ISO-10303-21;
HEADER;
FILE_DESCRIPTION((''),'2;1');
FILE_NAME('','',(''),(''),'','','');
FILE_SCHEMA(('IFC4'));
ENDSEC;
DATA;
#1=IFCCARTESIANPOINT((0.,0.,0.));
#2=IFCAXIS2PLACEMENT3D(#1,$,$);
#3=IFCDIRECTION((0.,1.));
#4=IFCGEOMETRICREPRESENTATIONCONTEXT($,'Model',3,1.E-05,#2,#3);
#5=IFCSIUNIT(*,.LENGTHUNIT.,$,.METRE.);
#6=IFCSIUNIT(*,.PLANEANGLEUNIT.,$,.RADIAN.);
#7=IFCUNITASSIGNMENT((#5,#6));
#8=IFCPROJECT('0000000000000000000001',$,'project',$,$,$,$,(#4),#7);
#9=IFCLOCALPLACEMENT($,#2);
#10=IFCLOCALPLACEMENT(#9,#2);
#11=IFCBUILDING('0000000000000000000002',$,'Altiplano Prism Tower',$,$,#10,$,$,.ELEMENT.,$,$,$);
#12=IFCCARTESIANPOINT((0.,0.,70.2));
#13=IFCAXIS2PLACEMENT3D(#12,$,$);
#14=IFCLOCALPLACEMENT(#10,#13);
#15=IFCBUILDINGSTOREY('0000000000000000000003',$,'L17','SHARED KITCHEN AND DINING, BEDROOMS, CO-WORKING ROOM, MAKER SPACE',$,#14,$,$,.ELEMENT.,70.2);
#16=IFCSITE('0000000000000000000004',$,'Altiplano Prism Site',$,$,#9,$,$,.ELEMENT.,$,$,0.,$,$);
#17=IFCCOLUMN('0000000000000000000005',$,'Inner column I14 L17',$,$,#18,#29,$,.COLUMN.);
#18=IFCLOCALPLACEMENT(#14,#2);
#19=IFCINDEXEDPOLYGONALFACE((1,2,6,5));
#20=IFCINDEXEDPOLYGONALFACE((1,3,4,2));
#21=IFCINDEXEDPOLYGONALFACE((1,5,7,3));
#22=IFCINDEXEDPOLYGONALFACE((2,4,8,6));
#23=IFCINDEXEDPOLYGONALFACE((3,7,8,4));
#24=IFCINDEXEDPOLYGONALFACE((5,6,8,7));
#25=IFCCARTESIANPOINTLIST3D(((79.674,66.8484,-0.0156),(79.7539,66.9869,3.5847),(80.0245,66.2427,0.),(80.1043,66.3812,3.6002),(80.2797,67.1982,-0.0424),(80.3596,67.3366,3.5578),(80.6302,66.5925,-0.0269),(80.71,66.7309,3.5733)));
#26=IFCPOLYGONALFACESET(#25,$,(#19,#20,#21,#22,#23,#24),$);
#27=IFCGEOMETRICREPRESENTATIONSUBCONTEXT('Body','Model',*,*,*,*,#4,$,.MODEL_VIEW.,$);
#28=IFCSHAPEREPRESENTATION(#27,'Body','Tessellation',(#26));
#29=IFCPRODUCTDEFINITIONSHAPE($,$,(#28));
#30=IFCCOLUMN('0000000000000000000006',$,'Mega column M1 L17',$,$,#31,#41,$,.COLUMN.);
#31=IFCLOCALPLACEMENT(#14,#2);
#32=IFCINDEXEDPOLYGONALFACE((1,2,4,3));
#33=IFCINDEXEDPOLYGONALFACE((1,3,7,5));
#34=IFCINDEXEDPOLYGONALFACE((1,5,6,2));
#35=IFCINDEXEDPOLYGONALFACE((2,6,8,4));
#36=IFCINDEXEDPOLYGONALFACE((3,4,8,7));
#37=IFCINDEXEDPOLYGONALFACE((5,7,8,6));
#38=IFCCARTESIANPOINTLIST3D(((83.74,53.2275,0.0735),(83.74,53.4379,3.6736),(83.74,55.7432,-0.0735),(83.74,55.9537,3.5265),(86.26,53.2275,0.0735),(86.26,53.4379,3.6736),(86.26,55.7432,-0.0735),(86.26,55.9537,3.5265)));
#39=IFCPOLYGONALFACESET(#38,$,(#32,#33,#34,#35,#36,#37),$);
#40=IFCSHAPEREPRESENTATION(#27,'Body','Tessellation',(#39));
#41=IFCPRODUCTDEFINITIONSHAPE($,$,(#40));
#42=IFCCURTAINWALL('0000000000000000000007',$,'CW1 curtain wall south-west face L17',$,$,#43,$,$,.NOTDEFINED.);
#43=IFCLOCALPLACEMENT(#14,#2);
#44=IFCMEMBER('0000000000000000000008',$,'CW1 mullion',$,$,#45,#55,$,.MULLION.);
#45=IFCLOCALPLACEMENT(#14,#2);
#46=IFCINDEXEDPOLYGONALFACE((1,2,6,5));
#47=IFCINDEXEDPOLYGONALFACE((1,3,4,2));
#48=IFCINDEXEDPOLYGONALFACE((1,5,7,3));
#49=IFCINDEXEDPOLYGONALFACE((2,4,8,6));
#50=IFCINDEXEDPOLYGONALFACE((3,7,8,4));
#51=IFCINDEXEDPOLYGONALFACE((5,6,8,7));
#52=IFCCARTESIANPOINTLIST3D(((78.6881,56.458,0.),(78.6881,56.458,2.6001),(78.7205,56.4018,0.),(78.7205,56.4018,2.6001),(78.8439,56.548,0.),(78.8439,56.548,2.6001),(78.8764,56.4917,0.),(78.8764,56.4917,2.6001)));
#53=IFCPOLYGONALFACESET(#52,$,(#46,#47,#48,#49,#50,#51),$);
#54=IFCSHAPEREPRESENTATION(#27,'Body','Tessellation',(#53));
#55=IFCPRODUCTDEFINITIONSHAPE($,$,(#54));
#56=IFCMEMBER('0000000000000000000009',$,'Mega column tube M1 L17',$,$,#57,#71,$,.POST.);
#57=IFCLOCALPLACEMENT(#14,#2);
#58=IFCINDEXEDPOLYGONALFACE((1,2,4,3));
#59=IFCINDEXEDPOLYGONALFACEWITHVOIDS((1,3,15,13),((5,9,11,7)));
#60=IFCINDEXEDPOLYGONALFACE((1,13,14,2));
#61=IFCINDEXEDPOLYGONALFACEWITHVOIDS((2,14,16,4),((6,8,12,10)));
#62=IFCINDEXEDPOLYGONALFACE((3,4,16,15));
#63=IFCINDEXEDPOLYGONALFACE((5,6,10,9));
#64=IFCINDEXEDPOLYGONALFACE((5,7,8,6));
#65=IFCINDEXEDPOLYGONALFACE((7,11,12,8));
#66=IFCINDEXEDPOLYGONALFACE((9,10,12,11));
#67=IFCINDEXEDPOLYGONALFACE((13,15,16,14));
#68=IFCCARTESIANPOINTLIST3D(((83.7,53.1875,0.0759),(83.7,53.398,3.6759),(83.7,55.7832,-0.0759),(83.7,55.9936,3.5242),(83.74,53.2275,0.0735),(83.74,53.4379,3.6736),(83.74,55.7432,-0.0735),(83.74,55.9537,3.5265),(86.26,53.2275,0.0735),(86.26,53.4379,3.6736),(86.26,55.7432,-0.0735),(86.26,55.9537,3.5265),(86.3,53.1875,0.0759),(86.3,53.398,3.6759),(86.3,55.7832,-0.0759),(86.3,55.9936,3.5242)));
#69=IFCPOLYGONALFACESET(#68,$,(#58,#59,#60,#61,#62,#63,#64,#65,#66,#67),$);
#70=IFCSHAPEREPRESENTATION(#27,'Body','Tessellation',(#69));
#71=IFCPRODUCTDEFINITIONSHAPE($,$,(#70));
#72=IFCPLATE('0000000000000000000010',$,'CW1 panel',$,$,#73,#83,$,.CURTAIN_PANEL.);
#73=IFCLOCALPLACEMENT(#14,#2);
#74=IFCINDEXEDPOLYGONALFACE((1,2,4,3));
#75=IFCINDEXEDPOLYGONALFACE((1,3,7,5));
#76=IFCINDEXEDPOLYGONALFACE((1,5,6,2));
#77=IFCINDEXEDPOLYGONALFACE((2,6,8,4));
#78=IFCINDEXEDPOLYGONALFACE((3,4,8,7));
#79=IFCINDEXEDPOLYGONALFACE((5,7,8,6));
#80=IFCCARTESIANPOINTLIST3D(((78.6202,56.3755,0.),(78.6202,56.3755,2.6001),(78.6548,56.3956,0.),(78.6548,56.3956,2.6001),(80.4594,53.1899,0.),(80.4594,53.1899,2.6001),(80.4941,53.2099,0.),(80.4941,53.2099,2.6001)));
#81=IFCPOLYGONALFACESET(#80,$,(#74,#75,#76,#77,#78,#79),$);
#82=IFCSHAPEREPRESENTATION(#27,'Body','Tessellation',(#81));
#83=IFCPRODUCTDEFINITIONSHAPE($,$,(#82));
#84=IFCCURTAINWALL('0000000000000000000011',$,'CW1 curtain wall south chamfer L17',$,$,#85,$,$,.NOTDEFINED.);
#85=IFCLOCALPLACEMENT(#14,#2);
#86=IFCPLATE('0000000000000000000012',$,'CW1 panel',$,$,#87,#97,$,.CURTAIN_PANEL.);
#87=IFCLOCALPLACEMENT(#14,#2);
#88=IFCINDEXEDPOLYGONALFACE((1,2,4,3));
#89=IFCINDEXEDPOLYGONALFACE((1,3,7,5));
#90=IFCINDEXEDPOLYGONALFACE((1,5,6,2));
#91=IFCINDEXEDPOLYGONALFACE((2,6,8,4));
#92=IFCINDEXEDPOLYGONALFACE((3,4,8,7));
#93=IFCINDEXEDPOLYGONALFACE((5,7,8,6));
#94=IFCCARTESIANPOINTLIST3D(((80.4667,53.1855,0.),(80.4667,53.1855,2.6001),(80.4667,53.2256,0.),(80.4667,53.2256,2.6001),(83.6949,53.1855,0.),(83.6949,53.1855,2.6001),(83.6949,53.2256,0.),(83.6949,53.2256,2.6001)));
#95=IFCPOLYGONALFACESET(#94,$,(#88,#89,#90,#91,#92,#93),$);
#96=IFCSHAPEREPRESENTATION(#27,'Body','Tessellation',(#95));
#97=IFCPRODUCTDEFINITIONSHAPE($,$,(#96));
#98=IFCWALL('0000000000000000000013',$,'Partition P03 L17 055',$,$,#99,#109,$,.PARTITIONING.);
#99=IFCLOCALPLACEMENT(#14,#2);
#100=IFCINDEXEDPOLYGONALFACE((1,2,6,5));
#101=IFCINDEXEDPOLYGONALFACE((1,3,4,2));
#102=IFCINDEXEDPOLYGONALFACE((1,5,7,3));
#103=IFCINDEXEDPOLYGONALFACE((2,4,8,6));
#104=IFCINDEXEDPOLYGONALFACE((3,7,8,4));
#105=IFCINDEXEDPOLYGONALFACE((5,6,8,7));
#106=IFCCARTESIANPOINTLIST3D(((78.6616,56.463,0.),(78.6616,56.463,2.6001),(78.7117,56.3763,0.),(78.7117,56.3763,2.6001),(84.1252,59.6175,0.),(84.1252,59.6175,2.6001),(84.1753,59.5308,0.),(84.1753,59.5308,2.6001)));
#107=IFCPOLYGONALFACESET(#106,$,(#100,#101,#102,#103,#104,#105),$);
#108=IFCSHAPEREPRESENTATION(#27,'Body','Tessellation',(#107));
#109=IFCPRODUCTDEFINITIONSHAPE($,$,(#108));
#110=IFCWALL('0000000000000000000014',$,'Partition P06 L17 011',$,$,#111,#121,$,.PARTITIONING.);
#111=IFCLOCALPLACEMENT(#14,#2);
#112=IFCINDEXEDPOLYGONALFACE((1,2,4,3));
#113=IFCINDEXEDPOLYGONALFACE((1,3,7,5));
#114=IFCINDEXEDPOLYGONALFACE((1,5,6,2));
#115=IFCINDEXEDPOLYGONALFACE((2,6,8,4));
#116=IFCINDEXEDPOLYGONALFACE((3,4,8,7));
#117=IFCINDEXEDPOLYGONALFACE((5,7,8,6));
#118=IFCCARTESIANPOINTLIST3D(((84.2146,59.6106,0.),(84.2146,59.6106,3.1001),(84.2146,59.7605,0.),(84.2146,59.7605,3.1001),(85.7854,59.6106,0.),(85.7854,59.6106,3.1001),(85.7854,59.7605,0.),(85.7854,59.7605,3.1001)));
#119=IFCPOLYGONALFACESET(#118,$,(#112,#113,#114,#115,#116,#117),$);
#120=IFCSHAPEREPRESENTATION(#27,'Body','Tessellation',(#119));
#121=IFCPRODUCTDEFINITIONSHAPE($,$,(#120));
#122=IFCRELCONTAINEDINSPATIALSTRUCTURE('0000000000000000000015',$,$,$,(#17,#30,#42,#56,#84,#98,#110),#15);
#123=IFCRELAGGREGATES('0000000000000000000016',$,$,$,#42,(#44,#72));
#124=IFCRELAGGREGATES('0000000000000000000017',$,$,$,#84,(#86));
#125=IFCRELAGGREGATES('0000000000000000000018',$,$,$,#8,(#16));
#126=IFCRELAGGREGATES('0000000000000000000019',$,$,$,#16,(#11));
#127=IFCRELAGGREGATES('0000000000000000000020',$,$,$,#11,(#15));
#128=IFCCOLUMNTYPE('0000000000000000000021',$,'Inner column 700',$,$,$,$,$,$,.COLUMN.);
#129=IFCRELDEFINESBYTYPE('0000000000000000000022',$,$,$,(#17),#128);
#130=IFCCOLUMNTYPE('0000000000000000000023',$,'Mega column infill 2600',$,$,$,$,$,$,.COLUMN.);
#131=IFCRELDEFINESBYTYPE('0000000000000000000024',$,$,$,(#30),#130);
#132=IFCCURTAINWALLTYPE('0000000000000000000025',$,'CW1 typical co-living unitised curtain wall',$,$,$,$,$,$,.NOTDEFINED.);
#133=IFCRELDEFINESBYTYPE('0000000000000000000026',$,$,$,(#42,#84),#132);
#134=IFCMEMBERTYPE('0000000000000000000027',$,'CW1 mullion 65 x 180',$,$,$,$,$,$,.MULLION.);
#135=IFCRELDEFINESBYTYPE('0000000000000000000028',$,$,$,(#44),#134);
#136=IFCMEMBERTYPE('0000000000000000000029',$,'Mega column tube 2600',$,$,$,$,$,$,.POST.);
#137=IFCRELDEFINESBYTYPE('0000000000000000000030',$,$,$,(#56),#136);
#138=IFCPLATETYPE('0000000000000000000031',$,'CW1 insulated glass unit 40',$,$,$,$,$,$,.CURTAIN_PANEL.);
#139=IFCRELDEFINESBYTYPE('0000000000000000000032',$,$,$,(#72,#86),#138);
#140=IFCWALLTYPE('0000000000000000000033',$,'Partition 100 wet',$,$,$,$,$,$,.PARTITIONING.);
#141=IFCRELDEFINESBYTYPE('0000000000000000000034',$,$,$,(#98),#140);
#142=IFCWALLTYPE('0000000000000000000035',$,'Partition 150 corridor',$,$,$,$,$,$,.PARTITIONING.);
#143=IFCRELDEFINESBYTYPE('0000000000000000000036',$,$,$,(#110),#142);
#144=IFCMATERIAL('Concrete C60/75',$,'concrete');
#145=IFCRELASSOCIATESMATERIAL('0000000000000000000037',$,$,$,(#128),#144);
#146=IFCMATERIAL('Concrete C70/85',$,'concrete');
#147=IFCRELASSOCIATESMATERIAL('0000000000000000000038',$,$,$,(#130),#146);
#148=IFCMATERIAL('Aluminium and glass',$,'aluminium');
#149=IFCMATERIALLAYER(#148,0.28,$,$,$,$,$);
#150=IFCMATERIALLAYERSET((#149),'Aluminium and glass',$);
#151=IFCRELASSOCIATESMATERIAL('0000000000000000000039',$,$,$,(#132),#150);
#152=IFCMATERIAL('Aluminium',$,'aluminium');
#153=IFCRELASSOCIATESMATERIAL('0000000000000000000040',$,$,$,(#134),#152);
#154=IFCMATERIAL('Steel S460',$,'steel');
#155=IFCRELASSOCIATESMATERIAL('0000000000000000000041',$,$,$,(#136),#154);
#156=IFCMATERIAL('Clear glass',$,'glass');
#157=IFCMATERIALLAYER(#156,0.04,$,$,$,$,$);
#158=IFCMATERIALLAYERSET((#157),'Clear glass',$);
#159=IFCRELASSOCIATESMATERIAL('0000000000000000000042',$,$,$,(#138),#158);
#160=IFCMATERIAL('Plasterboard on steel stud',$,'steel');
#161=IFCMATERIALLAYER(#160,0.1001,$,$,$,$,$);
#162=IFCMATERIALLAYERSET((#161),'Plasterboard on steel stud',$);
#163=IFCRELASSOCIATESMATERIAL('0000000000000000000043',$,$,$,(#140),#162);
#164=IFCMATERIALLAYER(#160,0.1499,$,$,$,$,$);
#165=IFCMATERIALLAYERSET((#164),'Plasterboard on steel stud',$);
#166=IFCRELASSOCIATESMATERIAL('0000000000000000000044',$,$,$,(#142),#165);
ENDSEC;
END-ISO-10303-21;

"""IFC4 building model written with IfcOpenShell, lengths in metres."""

from ifc_helpers import new_model, si_unit, direction, frame, frame_2d, origin, origin_2d, place, context, subcontext, project, spatial, rectangle, hollow_rectangle, extrude, material, layer, layer_set, material_profile, profile_set, type_object, element, aggregate, save


model = new_model("IFC4")

# Units and contexts
model_context = context("Model", 3, precision=1e-05, world=origin(), true_north=direction((0.0, 1.0)))
body_context = subcontext(model_context, "Body", "Model", "MODEL_VIEW")
ifc_project = project(units=[si_unit("LENGTHUNIT", "METRE"), si_unit("PLANEANGLEUNIT", "RADIAN")], contexts=[model_context])

# Site, building, storey
site_placement = place(None, origin())
site = spatial("IfcSite", under=ifc_project, at=site_placement, Name="Altiplano Prism Site", CompositionType="ELEMENT", RefElevation=0.0)
building_placement = place(site_placement, origin())
building = spatial("IfcBuilding", under=site, at=building_placement, Name="Altiplano Prism Tower", CompositionType="ELEMENT")
storey_placement = place(building_placement, frame((0.0, 0.0, 70.2)))
storey = spatial("IfcBuildingStorey", under=building, at=storey_placement, Name="L17", Description="SHARED KITCHEN AND DINING, BEDROOMS, CO-WORKING ROOM, MAKER SPACE", CompositionType="ELEMENT", Elevation=70.2)

# Columns
ifc_material_1 = material(Name="Concrete C60/75", Category="concrete")
ifc_material_profile_1 = material_profile(ifc_material_1, rectangle(XDim=0.7, YDim=0.7, at=origin_2d()), Name="Inner column 700")
ifc_profile_set_1 = profile_set([ifc_material_profile_1], Name="Concrete C60/75")
column_type_1 = type_object("IfcColumnType", Name="Inner column 700", PredefinedType="COLUMN", material=ifc_profile_set_1)
column_1_placement = place(storey_placement, frame((80.1521, 66.7205, -0.0212), z_axis=(0.022154, 0.038413, 0.999016), x_axis=(-0.865365, -0.499669, 0.038403)))
element("IfcColumn", 1, at=column_1_placement, inside=storey, type_object=column_type_1, Name="Inner column I14 L17", PredefinedType="COLUMN", context=body_context, shape_type="SweptSolid", body=[
    extrude(rectangle(XDim=0.7, YDim=0.7, at=origin_2d()), origin(), (0.0, 0.0, 1.0), 3.6038),
])
ifc_material_2 = material(Name="Concrete C70/85", Category="concrete")
ifc_material_profile_2 = material_profile(ifc_material_2, rectangle(XDim=2.52, YDim=2.52, at=origin_2d()), Name="Mega column infill 2600")
ifc_profile_set_2 = profile_set([ifc_material_profile_2], Name="Concrete C70/85")
column_type_2 = type_object("IfcColumnType", Name="Mega column infill 2600", PredefinedType="COLUMN", material=ifc_profile_set_2)
column_2_placement = place(storey_placement, frame((85.0, 54.4854, 0.0), z_axis=(0.0, 0.058357, 0.998296), x_axis=(-1.0, 0.0, 0.0)))
element("IfcColumn", 2, at=column_2_placement, inside=storey, type_object=column_type_2, Name="Mega column M1 L17", PredefinedType="COLUMN", context=body_context, shape_type="SweptSolid", body=[
    extrude(rectangle(XDim=2.52, YDim=2.52, at=origin_2d()), origin(), (0.0, 0.0, 1.0), 3.6062),
])

# Curtain wall, member
ifc_material_3 = material(Name="Aluminium and glass", Category="aluminium")
ifc_layer_1 = layer(ifc_material_3, 0.28)
ifc_layer_set_1 = layer_set([ifc_layer_1], Name="Aluminium and glass")
curtain_wall_type = type_object("IfcCurtainWallType", Name="CW1 typical co-living unitised curtain wall", PredefinedType="NOTDEFINED", material=ifc_layer_set_1)
curtain_wall_1_placement = place(storey_placement, origin())
curtain_wall_1 = element("IfcCurtainWall", 3, at=curtain_wall_1_placement, inside=storey, type_object=curtain_wall_type, Name="CW1 curtain wall south-west face L17", PredefinedType="NOTDEFINED")
ifc_material_4 = material(Name="Aluminium", Category="aluminium")
ifc_material_profile_3 = material_profile(ifc_material_4, rectangle(XDim=0.1799, YDim=0.0649, at=origin_2d()), Name="CW1 mullion 65 x 180")
ifc_profile_set_3 = profile_set([ifc_material_profile_3], Name="Aluminium")
member_type_1 = type_object("IfcMemberType", Name="CW1 mullion 65 x 180", PredefinedType="MULLION", material=ifc_profile_set_3)
member_1_placement = place(storey_placement, frame((78.7822, 56.4749, 0.0), z_axis=(0.0, 0.0, 1.0), x_axis=(0.866025, 0.5, 0.0)))
member_1 = element("IfcMember", 4, at=member_1_placement, type_object=member_type_1, Name="CW1 mullion", PredefinedType="MULLION", context=body_context, shape_type="SweptSolid", body=[
    extrude(rectangle(XDim=0.1799, YDim=0.0649, at=origin_2d()), origin(), (0.0, 0.0, 1.0), 2.6001),
])

# Member
ifc_material_5 = material(Name="Steel S460", Category="steel")
ifc_material_profile_4 = material_profile(ifc_material_5, hollow_rectangle(XDim=2.6001, YDim=2.6001, WallThickness=0.04, at=origin_2d()), Name="Mega column tube 2600")
ifc_profile_set_4 = profile_set([ifc_material_profile_4], Name="Steel S460")
member_type_2 = type_object("IfcMemberType", Name="Mega column tube 2600", PredefinedType="POST", material=ifc_profile_set_4)
member_2_placement = place(storey_placement, frame((85.0, 54.4854, 0.0), z_axis=(0.0, 0.058357, 0.998296), x_axis=(-1.0, 0.0, 0.0)))
element("IfcMember", 5, at=member_2_placement, inside=storey, type_object=member_type_2, Name="Mega column tube M1 L17", PredefinedType="POST", context=body_context, shape_type="SweptSolid", body=[
    extrude(hollow_rectangle(XDim=2.6001, YDim=2.6001, WallThickness=0.04, at=origin_2d()), origin(), (0.0, 0.0, 1.0), 3.6062),
])

# Plate
ifc_material_6 = material(Name="Clear glass", Category="glass")
ifc_layer_2 = layer(ifc_material_6, 0.04)
ifc_layer_set_2 = layer_set([ifc_layer_2], Name="Clear glass")
plate_type = type_object("IfcPlateType", Name="CW1 insulated glass unit 40", PredefinedType="CURTAIN_PANEL", material=ifc_layer_set_2)
plate_1_placement = place(storey_placement, frame((79.5571, 54.7927, 0.0), z_axis=(0.0, 0.0, 1.0), x_axis=(0.5, -0.866025, 0.0)))
plate_1 = element("IfcPlate", 6, at=plate_1_placement, type_object=plate_type, Name="CW1 panel", PredefinedType="CURTAIN_PANEL", context=body_context, shape_type="SweptSolid", body=[
    extrude(rectangle(XDim=3.6785, YDim=0.04, at=origin_2d()), origin(), (0.0, 0.0, 1.0), 2.6001),
])
aggregate(curtain_wall_1, [member_1, plate_1])

# Curtain wall, plate
curtain_wall_2_placement = place(storey_placement, origin())
curtain_wall_2 = element("IfcCurtainWall", 7, at=curtain_wall_2_placement, inside=storey, type_object=curtain_wall_type, Name="CW1 curtain wall south chamfer L17", PredefinedType="NOTDEFINED")
plate_2_placement = place(storey_placement, frame((82.0808, 53.2056, 0.0), z_axis=(0.0, 0.0, 1.0), x_axis=(1.0, 0.0, 0.0)))
plate_2 = element("IfcPlate", 8, at=plate_2_placement, type_object=plate_type, Name="CW1 panel", PredefinedType="CURTAIN_PANEL", context=body_context, shape_type="SweptSolid", body=[
    extrude(rectangle(XDim=3.2283, YDim=0.04, at=origin_2d()), origin(), (0.0, 0.0, 1.0), 2.6001),
])
aggregate(curtain_wall_2, [plate_2])

# Walls
ifc_material_7 = material(Name="Plasterboard on steel stud", Category="steel")
ifc_layer_3 = layer(ifc_material_7, 0.1001)
ifc_layer_set_3 = layer_set([ifc_layer_3], Name="Plasterboard on steel stud")
wall_type_1 = type_object("IfcWallType", Name="Partition 100 wet", PredefinedType="PARTITIONING", material=ifc_layer_set_3)
wall_1_placement = place(storey_placement, frame((78.6868, 56.4197, 0.0), z_axis=(0.0, 0.0, 1.0), x_axis=(0.866017, 0.500014, 0.0)))
element("IfcWall", 9, at=wall_1_placement, inside=storey, type_object=wall_type_1, Name="Partition P03 L17 055", PredefinedType="PARTITIONING", context=body_context, shape_type="SweptSolid", body=[
    extrude(rectangle(XDim=6.3088, YDim=0.1001, at=frame_2d((3.1543, 0.0))), origin(), (0.0, 0.0, 1.0), 2.6001),
])
ifc_layer_4 = layer(ifc_material_7, 0.1499)
ifc_layer_set_4 = layer_set([ifc_layer_4], Name="Plasterboard on steel stud")
wall_type_2 = type_object("IfcWallType", Name="Partition 150 corridor", PredefinedType="PARTITIONING", material=ifc_layer_set_4)
wall_2_placement = place(storey_placement, frame((84.2146, 59.6855, 0.0), z_axis=(0.0, 0.0, 1.0), x_axis=(1.0, 0.0, 0.0)))
element("IfcWall", 10, at=wall_2_placement, inside=storey, type_object=wall_type_2, Name="Partition P06 L17 011", PredefinedType="PARTITIONING", context=body_context, shape_type="SweptSolid", body=[
    extrude(rectangle(XDim=1.5708, YDim=0.1499, at=frame_2d((0.7854, 0.0))), origin(), (0.0, 0.0, 1.0), 3.1001),
])

save(model, "model.ifc")
